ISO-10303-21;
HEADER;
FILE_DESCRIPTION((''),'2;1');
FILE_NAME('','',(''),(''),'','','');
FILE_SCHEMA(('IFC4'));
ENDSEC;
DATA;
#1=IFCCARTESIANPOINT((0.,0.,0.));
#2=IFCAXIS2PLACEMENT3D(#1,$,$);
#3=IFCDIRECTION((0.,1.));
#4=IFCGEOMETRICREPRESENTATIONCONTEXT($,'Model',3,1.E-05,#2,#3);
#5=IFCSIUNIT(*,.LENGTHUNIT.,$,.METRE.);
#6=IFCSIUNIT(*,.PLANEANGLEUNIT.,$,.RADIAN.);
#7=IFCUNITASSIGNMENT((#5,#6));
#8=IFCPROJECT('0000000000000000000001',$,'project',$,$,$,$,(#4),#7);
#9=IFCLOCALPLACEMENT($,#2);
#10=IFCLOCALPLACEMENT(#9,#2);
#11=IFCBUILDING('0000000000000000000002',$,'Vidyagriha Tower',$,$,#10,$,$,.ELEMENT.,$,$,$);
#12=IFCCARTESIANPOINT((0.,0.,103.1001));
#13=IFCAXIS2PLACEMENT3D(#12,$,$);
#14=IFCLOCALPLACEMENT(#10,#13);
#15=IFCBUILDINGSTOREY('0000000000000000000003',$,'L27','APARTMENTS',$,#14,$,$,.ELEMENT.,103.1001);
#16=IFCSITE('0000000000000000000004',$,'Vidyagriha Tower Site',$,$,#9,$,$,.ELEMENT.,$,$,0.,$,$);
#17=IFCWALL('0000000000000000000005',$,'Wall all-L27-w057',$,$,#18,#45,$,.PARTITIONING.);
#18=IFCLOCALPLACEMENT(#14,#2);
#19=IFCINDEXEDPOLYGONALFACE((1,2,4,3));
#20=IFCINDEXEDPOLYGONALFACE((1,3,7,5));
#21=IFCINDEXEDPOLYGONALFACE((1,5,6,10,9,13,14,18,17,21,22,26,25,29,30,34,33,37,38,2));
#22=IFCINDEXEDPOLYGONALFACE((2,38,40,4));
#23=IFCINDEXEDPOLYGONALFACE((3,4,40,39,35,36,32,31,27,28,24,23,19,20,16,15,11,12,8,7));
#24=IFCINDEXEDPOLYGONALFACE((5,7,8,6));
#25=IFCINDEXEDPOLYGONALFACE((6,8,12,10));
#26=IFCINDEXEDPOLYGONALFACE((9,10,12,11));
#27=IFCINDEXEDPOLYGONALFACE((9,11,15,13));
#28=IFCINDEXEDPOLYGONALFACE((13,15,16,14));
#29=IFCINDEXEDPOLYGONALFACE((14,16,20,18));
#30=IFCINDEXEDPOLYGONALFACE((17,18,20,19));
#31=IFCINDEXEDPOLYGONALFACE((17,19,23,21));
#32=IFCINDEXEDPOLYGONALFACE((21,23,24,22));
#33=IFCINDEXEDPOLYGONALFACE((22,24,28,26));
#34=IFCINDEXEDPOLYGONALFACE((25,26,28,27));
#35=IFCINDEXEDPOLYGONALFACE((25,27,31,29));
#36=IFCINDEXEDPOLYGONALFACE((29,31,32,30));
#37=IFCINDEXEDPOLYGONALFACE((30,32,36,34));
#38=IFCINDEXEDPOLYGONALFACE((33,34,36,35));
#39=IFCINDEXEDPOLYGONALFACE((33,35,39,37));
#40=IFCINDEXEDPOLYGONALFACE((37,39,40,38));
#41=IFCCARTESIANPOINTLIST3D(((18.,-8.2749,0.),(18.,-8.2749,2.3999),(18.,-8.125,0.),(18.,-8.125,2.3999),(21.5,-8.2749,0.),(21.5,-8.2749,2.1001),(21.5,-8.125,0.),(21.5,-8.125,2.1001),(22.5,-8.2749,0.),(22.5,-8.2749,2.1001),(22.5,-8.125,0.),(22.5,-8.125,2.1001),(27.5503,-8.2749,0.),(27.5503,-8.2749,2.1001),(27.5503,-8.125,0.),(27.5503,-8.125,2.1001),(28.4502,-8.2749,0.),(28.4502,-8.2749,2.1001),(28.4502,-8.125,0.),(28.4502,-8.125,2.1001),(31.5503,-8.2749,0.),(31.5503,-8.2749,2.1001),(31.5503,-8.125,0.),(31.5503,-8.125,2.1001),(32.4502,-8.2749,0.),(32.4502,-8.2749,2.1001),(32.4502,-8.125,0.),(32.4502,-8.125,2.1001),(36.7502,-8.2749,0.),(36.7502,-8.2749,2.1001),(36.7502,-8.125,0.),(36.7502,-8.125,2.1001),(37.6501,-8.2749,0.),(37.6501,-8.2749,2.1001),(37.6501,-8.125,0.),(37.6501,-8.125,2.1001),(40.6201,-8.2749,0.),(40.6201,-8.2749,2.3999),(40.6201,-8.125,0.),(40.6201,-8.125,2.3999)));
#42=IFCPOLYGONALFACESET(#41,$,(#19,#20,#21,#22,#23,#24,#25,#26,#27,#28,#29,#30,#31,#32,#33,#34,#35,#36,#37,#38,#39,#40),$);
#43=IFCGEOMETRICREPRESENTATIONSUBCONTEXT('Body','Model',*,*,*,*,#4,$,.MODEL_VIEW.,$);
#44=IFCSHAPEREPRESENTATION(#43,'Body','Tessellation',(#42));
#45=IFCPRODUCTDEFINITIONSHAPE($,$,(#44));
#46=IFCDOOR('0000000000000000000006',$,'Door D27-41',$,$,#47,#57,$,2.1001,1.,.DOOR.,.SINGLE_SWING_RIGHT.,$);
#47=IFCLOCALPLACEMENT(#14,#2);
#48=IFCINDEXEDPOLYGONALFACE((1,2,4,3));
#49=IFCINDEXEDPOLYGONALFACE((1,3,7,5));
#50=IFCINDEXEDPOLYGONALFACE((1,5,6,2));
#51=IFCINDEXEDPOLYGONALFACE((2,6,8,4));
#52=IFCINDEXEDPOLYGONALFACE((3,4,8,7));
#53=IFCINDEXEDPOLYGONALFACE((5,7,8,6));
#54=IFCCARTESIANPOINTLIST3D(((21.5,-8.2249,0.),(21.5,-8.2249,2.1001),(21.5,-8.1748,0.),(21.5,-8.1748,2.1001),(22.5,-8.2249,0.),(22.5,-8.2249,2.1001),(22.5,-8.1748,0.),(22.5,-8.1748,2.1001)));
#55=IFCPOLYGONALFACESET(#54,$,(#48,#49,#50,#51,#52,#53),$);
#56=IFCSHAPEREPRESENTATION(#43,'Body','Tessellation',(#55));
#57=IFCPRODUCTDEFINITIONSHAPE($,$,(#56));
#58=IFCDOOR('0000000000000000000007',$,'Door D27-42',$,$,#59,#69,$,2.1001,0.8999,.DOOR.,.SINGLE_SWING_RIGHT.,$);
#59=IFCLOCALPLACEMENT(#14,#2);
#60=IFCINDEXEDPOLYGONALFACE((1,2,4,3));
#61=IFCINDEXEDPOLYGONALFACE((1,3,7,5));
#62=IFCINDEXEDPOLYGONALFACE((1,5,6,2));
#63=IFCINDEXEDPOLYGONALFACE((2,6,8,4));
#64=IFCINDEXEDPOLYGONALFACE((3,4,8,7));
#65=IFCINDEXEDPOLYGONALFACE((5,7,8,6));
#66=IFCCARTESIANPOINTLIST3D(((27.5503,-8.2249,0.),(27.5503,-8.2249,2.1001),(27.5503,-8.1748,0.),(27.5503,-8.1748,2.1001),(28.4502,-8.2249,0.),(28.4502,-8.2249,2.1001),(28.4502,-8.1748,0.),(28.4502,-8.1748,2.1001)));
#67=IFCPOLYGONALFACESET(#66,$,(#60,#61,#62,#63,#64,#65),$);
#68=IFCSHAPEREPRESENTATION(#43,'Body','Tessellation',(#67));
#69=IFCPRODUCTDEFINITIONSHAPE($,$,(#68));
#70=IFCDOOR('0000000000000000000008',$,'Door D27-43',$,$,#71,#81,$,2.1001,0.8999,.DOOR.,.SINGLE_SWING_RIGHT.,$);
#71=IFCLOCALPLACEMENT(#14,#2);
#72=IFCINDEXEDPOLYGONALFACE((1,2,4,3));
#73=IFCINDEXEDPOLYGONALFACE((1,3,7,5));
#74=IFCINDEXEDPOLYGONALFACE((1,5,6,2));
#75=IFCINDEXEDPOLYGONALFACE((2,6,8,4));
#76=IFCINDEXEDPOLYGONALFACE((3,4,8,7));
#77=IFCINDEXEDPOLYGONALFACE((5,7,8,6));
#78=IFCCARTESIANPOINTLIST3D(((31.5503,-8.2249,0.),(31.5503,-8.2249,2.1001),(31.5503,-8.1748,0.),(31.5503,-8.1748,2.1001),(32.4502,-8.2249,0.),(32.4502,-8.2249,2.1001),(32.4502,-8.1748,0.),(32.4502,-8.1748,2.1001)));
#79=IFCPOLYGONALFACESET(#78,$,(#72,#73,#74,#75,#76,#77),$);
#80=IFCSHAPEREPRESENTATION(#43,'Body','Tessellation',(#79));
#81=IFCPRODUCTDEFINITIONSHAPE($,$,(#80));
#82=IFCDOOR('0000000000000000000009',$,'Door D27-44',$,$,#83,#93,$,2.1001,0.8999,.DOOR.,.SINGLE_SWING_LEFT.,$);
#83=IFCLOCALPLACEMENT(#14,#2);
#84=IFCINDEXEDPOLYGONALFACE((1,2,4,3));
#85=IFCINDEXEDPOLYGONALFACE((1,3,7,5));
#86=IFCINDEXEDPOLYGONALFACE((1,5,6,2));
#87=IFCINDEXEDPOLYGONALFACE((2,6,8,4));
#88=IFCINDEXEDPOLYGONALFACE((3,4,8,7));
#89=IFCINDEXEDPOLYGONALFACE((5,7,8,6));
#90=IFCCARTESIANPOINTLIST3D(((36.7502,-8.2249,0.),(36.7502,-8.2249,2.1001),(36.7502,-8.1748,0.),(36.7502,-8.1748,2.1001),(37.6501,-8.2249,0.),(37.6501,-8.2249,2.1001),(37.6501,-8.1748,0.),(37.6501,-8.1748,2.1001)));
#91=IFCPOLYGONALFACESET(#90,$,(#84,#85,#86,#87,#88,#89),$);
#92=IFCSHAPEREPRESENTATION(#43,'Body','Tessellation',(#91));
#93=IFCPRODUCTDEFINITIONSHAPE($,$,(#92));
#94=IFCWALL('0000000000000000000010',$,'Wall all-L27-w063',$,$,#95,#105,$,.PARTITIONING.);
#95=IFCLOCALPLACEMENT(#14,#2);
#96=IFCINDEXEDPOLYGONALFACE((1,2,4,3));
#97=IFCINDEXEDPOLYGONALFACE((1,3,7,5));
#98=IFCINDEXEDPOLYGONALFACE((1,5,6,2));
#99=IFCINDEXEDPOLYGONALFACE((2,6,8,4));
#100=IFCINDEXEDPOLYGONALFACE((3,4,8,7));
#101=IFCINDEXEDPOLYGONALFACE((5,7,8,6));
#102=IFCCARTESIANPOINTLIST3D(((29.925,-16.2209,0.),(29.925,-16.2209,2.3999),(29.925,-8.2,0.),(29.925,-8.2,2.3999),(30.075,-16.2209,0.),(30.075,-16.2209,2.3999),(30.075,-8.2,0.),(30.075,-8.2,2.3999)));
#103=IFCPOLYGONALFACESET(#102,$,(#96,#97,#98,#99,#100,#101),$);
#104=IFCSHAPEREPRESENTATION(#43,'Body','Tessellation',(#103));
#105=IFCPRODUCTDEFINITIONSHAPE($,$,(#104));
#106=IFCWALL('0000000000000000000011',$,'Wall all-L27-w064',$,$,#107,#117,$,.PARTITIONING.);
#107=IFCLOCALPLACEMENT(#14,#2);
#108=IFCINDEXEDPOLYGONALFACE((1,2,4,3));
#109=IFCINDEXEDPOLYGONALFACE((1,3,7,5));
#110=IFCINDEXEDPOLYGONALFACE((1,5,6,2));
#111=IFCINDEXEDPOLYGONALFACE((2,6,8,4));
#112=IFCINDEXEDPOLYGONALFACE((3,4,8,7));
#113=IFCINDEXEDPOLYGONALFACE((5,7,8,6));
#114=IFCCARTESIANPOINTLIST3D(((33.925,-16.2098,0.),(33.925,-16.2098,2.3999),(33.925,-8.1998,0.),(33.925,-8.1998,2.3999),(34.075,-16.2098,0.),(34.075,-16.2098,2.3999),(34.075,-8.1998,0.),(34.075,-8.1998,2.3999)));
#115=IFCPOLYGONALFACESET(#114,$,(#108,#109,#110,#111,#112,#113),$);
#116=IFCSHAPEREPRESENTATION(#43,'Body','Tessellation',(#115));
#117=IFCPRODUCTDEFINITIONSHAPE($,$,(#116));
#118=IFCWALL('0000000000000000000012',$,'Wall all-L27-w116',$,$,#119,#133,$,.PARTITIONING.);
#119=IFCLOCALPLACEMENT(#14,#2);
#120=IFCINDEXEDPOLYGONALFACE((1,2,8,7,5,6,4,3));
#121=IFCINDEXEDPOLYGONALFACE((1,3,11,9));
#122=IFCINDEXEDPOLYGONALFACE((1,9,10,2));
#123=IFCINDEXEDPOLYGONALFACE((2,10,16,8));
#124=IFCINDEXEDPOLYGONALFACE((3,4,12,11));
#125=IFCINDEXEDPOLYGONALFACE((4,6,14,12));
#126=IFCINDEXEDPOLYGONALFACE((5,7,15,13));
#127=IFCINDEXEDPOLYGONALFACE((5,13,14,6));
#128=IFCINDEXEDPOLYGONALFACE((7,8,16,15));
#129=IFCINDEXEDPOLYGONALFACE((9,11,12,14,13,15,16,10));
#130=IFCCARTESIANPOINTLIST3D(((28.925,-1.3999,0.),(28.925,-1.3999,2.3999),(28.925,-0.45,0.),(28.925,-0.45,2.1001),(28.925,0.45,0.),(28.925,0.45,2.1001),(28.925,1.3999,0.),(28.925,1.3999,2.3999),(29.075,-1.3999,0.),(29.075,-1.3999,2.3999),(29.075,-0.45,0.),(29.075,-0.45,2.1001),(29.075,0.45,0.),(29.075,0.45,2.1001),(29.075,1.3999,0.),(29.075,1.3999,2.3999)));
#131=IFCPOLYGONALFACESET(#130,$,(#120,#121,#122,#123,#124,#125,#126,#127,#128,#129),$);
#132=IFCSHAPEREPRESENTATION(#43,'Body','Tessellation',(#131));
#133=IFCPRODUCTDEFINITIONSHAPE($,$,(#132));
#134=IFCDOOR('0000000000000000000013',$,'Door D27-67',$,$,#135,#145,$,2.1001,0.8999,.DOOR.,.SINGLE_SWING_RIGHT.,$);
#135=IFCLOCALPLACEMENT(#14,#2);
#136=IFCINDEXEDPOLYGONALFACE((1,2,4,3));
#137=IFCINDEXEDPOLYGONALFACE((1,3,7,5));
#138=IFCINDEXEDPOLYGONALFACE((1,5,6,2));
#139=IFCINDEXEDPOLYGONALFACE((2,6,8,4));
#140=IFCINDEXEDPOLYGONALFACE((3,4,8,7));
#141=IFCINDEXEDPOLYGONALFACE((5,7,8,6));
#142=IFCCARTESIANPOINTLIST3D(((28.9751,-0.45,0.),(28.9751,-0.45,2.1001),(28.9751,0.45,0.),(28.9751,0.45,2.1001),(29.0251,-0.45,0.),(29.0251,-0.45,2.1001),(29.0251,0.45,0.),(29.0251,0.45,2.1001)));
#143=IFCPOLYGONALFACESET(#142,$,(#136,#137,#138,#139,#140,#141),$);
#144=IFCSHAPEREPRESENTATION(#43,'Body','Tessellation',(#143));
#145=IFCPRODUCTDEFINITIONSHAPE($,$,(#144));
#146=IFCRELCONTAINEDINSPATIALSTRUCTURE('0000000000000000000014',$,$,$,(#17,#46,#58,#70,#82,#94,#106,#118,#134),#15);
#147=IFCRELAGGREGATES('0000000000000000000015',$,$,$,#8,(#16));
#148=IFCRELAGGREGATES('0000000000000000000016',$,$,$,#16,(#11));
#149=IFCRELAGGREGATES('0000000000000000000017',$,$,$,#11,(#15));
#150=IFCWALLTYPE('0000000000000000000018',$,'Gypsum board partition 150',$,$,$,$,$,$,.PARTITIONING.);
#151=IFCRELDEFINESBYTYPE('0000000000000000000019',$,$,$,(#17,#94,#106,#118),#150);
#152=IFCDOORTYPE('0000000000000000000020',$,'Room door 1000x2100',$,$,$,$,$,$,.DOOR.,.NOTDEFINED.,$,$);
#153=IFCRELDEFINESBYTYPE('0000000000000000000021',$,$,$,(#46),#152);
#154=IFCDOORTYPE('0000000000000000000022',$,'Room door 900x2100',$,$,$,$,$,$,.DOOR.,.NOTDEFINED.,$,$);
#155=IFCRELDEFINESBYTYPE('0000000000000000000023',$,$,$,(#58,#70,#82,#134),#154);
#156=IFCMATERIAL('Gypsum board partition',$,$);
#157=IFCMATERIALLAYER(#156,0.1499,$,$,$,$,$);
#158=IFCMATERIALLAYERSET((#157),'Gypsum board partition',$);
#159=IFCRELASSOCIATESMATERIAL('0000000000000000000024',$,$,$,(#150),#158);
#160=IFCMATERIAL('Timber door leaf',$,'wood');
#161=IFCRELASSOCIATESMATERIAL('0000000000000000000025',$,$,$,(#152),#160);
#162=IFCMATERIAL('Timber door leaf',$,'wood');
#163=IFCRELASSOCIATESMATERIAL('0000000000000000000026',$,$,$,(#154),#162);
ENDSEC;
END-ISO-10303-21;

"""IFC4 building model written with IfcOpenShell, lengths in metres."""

from ifc_helpers import new_model, si_unit, direction, frame, frame_2d, origin, place, context, subcontext, project, spatial, rectangle, extrude, material, layer, layer_set, type_object, element, fill, save


model = new_model("IFC4")

# Units and contexts
model_context = context("Model", 3, precision=1e-05, world=origin(), true_north=direction((0.0, 1.0)))
body_context = subcontext(model_context, "Body", "Model", "MODEL_VIEW")
ifc_project = project(units=[si_unit("LENGTHUNIT", "METRE"), si_unit("PLANEANGLEUNIT", "RADIAN")], contexts=[model_context])

# Site, building, storey
site_placement = place(None, origin())
site = spatial("IfcSite", under=ifc_project, at=site_placement, Name="Vidyagriha Tower Site", CompositionType="ELEMENT", RefElevation=0.0)
building_placement = place(site_placement, origin())
building = spatial("IfcBuilding", under=site, at=building_placement, Name="Vidyagriha Tower", CompositionType="ELEMENT")
storey_placement = place(building_placement, frame((0.0, 0.0, 103.1001)))
storey = spatial("IfcBuildingStorey", under=building, at=storey_placement, Name="L27", Description="APARTMENTS", CompositionType="ELEMENT", Elevation=103.1001)

# Shared definitions
ifc_material_1 = material(Name="Gypsum board partition")
ifc_layer_1 = layer(ifc_material_1, 0.1499)
ifc_layer_set_1 = layer_set([ifc_layer_1], Name="Gypsum board partition")
wall_type_1 = type_object("IfcWallType", Name="Gypsum board partition 150", PredefinedType="PARTITIONING", material=ifc_layer_set_1)

# Wall, openings, doors
wall_1_placement = place(storey_placement, frame((40.6201, -8.2, 0.0), z_axis=(0.0, 0.0, 1.0), x_axis=(-1.0, 0.0, 0.0)))
wall_1 = element("IfcWall", 1, at=wall_1_placement, inside=storey, type_object=wall_type_1, Name="Wall all-L27-w057", PredefinedType="PARTITIONING", context=body_context, shape_type="SweptSolid", body=[
    extrude(rectangle(XDim=22.6201, YDim=0.1499, at=frame_2d((11.3101, 0.0))), origin(), (0.0, 0.0, 1.0), 2.3999),
])
opening_1_placement = place(wall_1_placement, frame((18.1201, 0.0, 0.0)))
opening_1 = element("IfcOpeningElement", 2, at=opening_1_placement, cuts=wall_1, PredefinedType="OPENING", context=body_context, shape_type="SweptSolid", body=[
    extrude(rectangle(XDim=1.0, YDim=2.1001, at=frame_2d((0.5, 1.05))), frame((0.0, 0.085, 0.0), z_axis=(0.0, -1.0, 0.0), x_axis=(1.0, 0.0, 0.0)), (0.0, 0.0, 1.0), 0.1699),
])
opening_2_placement = place(wall_1_placement, frame((12.1699, 0.0, 0.0)))
opening_2 = element("IfcOpeningElement", 3, at=opening_2_placement, cuts=wall_1, PredefinedType="OPENING", context=body_context, shape_type="SweptSolid", body=[
    extrude(rectangle(XDim=0.8999, YDim=2.1001, at=frame_2d((0.45, 1.05))), frame((0.0, 0.085, 0.0), z_axis=(0.0, -1.0, 0.0), x_axis=(1.0, 0.0, 0.0)), (0.0, 0.0, 1.0), 0.1699),
])
opening_3_placement = place(wall_1_placement, frame((8.1699, 0.0, 0.0)))
opening_3 = element("IfcOpeningElement", 4, at=opening_3_placement, cuts=wall_1, PredefinedType="OPENING", context=body_context, shape_type="SweptSolid", body=[
    extrude(rectangle(XDim=0.8999, YDim=2.1001, at=frame_2d((0.45, 1.05))), frame((0.0, 0.085, 0.0), z_axis=(0.0, -1.0, 0.0), x_axis=(1.0, 0.0, 0.0)), (0.0, 0.0, 1.0), 0.1699),
])
opening_4_placement = place(wall_1_placement, frame((2.97, 0.0, 0.0)))
opening_4 = element("IfcOpeningElement", 5, at=opening_4_placement, cuts=wall_1, PredefinedType="OPENING", context=body_context, shape_type="SweptSolid", body=[
    extrude(rectangle(XDim=0.8999, YDim=2.1001, at=frame_2d((0.45, 1.05))), frame((0.0, 0.085, 0.0), z_axis=(0.0, -1.0, 0.0), x_axis=(1.0, 0.0, 0.0)), (0.0, 0.0, 1.0), 0.1699),
])
ifc_material_2 = material(Name="Timber door leaf", Category="wood")
door_type_1 = type_object("IfcDoorType", Name="Room door 1000x2100", OperationType="NOTDEFINED", PredefinedType="DOOR", material=ifc_material_2)
door_1_placement = place(opening_1_placement, origin())
door_1 = element("IfcDoor", 6, at=door_1_placement, inside=storey, type_object=door_type_1, Name="Door D27-41", OperationType="SINGLE_SWING_RIGHT", OverallHeight=2.1001, OverallWidth=1.0, PredefinedType="DOOR", context=body_context, shape_type="SweptSolid", body=[
    extrude(rectangle(XDim=1.0, YDim=2.1001, at=frame_2d((0.5, 1.05))), frame((0.0, 0.0249, 0.0), z_axis=(0.0, -1.0, 0.0), x_axis=(1.0, 0.0, 0.0)), (0.0, 0.0, 1.0), 0.05),
])
fill(opening_1, door_1)
ifc_material_3 = material(Name="Timber door leaf", Category="wood")
door_type_2 = type_object("IfcDoorType", Name="Room door 900x2100", OperationType="NOTDEFINED", PredefinedType="DOOR", material=ifc_material_3)
door_2_placement = place(opening_2_placement, origin())
door_2 = element("IfcDoor", 7, at=door_2_placement, inside=storey, type_object=door_type_2, Name="Door D27-42", OperationType="SINGLE_SWING_RIGHT", OverallHeight=2.1001, OverallWidth=0.8999, PredefinedType="DOOR", context=body_context, shape_type="SweptSolid", body=[
    extrude(rectangle(XDim=0.8999, YDim=2.1001, at=frame_2d((0.45, 1.05))), frame((0.0, 0.0249, 0.0), z_axis=(0.0, -1.0, 0.0), x_axis=(1.0, 0.0, 0.0)), (0.0, 0.0, 1.0), 0.05),
])
fill(opening_2, door_2)
door_3_placement = place(opening_3_placement, origin())
door_3 = element("IfcDoor", 8, at=door_3_placement, inside=storey, type_object=door_type_2, Name="Door D27-43", OperationType="SINGLE_SWING_RIGHT", OverallHeight=2.1001, OverallWidth=0.8999, PredefinedType="DOOR", context=body_context, shape_type="SweptSolid", body=[
    extrude(rectangle(XDim=0.8999, YDim=2.1001, at=frame_2d((0.45, 1.05))), frame((0.0, 0.0249, 0.0), z_axis=(0.0, -1.0, 0.0), x_axis=(1.0, 0.0, 0.0)), (0.0, 0.0, 1.0), 0.05),
])
fill(opening_3, door_3)
door_4_placement = place(opening_4_placement, origin())
door_4 = element("IfcDoor", 9, at=door_4_placement, inside=storey, type_object=door_type_2, Name="Door D27-44", OperationType="SINGLE_SWING_LEFT", OverallHeight=2.1001, OverallWidth=0.8999, PredefinedType="DOOR", context=body_context, shape_type="SweptSolid", body=[
    extrude(rectangle(XDim=0.8999, YDim=2.1001, at=frame_2d((0.45, 1.05))), frame((0.0, 0.0249, 0.0), z_axis=(0.0, -1.0, 0.0), x_axis=(1.0, 0.0, 0.0)), (0.0, 0.0, 1.0), 0.05),
])
fill(opening_4, door_4)

# Walls
wall_2_placement = place(storey_placement, frame((30.0, -8.2, 0.0), z_axis=(0.0, 0.0, 1.0), x_axis=(0.0, -1.0, 0.0)))
element("IfcWall", 10, at=wall_2_placement, inside=storey, type_object=wall_type_1, Name="Wall all-L27-w063", PredefinedType="PARTITIONING", context=body_context, shape_type="SweptSolid", body=[
    extrude(rectangle(XDim=8.021, YDim=0.1499, at=frame_2d((4.0105, 0.0))), origin(), (0.0, 0.0, 1.0), 2.3999),
])
wall_3_placement = place(storey_placement, frame((34.0, -8.2, 0.0), z_axis=(0.0, 0.0, 1.0), x_axis=(0.0, -1.0, 0.0)))
element("IfcWall", 11, at=wall_3_placement, inside=storey, type_object=wall_type_1, Name="Wall all-L27-w064", PredefinedType="PARTITIONING", context=body_context, shape_type="SweptSolid", body=[
    extrude(rectangle(XDim=8.01, YDim=0.1499, at=frame_2d((4.0049, 0.0))), origin(), (0.0, 0.0, 1.0), 2.3999),
])

# Wall, opening, door
wall_4_placement = place(storey_placement, frame((29.0, -1.3999, 0.0), z_axis=(0.0, 0.0, 1.0), x_axis=(0.0, 1.0, 0.0)))
wall_4 = element("IfcWall", 12, at=wall_4_placement, inside=storey, type_object=wall_type_1, Name="Wall all-L27-w116", PredefinedType="PARTITIONING", context=body_context, shape_type="SweptSolid", body=[
    extrude(rectangle(XDim=2.7998, YDim=0.1499, at=frame_2d((1.3999, 0.0))), origin(), (0.0, 0.0, 1.0), 2.3999),
])
opening_5_placement = place(wall_4_placement, frame((0.95, 0.0, 0.0)))
opening_5 = element("IfcOpeningElement", 13, at=opening_5_placement, cuts=wall_4, PredefinedType="OPENING", context=body_context, shape_type="SweptSolid", body=[
    extrude(rectangle(XDim=0.8999, YDim=2.1001, at=frame_2d((0.45, 1.05))), frame((0.0, 0.085, 0.0), z_axis=(0.0, -1.0, 0.0), x_axis=(1.0, 0.0, 0.0)), (0.0, 0.0, 1.0), 0.1699),
])
door_5_placement = place(opening_5_placement, origin())
door_5 = element("IfcDoor", 14, at=door_5_placement, inside=storey, type_object=door_type_2, Name="Door D27-67", OperationType="SINGLE_SWING_RIGHT", OverallHeight=2.1001, OverallWidth=0.8999, PredefinedType="DOOR", context=body_context, shape_type="SweptSolid", body=[
    extrude(rectangle(XDim=0.8999, YDim=2.1001, at=frame_2d((0.45, 1.05))), frame((0.0, 0.0249, 0.0), z_axis=(0.0, -1.0, 0.0), x_axis=(1.0, 0.0, 0.0)), (0.0, 0.0, 1.0), 0.05),
])
fill(opening_5, door_5)

save(model, "model.ifc")
